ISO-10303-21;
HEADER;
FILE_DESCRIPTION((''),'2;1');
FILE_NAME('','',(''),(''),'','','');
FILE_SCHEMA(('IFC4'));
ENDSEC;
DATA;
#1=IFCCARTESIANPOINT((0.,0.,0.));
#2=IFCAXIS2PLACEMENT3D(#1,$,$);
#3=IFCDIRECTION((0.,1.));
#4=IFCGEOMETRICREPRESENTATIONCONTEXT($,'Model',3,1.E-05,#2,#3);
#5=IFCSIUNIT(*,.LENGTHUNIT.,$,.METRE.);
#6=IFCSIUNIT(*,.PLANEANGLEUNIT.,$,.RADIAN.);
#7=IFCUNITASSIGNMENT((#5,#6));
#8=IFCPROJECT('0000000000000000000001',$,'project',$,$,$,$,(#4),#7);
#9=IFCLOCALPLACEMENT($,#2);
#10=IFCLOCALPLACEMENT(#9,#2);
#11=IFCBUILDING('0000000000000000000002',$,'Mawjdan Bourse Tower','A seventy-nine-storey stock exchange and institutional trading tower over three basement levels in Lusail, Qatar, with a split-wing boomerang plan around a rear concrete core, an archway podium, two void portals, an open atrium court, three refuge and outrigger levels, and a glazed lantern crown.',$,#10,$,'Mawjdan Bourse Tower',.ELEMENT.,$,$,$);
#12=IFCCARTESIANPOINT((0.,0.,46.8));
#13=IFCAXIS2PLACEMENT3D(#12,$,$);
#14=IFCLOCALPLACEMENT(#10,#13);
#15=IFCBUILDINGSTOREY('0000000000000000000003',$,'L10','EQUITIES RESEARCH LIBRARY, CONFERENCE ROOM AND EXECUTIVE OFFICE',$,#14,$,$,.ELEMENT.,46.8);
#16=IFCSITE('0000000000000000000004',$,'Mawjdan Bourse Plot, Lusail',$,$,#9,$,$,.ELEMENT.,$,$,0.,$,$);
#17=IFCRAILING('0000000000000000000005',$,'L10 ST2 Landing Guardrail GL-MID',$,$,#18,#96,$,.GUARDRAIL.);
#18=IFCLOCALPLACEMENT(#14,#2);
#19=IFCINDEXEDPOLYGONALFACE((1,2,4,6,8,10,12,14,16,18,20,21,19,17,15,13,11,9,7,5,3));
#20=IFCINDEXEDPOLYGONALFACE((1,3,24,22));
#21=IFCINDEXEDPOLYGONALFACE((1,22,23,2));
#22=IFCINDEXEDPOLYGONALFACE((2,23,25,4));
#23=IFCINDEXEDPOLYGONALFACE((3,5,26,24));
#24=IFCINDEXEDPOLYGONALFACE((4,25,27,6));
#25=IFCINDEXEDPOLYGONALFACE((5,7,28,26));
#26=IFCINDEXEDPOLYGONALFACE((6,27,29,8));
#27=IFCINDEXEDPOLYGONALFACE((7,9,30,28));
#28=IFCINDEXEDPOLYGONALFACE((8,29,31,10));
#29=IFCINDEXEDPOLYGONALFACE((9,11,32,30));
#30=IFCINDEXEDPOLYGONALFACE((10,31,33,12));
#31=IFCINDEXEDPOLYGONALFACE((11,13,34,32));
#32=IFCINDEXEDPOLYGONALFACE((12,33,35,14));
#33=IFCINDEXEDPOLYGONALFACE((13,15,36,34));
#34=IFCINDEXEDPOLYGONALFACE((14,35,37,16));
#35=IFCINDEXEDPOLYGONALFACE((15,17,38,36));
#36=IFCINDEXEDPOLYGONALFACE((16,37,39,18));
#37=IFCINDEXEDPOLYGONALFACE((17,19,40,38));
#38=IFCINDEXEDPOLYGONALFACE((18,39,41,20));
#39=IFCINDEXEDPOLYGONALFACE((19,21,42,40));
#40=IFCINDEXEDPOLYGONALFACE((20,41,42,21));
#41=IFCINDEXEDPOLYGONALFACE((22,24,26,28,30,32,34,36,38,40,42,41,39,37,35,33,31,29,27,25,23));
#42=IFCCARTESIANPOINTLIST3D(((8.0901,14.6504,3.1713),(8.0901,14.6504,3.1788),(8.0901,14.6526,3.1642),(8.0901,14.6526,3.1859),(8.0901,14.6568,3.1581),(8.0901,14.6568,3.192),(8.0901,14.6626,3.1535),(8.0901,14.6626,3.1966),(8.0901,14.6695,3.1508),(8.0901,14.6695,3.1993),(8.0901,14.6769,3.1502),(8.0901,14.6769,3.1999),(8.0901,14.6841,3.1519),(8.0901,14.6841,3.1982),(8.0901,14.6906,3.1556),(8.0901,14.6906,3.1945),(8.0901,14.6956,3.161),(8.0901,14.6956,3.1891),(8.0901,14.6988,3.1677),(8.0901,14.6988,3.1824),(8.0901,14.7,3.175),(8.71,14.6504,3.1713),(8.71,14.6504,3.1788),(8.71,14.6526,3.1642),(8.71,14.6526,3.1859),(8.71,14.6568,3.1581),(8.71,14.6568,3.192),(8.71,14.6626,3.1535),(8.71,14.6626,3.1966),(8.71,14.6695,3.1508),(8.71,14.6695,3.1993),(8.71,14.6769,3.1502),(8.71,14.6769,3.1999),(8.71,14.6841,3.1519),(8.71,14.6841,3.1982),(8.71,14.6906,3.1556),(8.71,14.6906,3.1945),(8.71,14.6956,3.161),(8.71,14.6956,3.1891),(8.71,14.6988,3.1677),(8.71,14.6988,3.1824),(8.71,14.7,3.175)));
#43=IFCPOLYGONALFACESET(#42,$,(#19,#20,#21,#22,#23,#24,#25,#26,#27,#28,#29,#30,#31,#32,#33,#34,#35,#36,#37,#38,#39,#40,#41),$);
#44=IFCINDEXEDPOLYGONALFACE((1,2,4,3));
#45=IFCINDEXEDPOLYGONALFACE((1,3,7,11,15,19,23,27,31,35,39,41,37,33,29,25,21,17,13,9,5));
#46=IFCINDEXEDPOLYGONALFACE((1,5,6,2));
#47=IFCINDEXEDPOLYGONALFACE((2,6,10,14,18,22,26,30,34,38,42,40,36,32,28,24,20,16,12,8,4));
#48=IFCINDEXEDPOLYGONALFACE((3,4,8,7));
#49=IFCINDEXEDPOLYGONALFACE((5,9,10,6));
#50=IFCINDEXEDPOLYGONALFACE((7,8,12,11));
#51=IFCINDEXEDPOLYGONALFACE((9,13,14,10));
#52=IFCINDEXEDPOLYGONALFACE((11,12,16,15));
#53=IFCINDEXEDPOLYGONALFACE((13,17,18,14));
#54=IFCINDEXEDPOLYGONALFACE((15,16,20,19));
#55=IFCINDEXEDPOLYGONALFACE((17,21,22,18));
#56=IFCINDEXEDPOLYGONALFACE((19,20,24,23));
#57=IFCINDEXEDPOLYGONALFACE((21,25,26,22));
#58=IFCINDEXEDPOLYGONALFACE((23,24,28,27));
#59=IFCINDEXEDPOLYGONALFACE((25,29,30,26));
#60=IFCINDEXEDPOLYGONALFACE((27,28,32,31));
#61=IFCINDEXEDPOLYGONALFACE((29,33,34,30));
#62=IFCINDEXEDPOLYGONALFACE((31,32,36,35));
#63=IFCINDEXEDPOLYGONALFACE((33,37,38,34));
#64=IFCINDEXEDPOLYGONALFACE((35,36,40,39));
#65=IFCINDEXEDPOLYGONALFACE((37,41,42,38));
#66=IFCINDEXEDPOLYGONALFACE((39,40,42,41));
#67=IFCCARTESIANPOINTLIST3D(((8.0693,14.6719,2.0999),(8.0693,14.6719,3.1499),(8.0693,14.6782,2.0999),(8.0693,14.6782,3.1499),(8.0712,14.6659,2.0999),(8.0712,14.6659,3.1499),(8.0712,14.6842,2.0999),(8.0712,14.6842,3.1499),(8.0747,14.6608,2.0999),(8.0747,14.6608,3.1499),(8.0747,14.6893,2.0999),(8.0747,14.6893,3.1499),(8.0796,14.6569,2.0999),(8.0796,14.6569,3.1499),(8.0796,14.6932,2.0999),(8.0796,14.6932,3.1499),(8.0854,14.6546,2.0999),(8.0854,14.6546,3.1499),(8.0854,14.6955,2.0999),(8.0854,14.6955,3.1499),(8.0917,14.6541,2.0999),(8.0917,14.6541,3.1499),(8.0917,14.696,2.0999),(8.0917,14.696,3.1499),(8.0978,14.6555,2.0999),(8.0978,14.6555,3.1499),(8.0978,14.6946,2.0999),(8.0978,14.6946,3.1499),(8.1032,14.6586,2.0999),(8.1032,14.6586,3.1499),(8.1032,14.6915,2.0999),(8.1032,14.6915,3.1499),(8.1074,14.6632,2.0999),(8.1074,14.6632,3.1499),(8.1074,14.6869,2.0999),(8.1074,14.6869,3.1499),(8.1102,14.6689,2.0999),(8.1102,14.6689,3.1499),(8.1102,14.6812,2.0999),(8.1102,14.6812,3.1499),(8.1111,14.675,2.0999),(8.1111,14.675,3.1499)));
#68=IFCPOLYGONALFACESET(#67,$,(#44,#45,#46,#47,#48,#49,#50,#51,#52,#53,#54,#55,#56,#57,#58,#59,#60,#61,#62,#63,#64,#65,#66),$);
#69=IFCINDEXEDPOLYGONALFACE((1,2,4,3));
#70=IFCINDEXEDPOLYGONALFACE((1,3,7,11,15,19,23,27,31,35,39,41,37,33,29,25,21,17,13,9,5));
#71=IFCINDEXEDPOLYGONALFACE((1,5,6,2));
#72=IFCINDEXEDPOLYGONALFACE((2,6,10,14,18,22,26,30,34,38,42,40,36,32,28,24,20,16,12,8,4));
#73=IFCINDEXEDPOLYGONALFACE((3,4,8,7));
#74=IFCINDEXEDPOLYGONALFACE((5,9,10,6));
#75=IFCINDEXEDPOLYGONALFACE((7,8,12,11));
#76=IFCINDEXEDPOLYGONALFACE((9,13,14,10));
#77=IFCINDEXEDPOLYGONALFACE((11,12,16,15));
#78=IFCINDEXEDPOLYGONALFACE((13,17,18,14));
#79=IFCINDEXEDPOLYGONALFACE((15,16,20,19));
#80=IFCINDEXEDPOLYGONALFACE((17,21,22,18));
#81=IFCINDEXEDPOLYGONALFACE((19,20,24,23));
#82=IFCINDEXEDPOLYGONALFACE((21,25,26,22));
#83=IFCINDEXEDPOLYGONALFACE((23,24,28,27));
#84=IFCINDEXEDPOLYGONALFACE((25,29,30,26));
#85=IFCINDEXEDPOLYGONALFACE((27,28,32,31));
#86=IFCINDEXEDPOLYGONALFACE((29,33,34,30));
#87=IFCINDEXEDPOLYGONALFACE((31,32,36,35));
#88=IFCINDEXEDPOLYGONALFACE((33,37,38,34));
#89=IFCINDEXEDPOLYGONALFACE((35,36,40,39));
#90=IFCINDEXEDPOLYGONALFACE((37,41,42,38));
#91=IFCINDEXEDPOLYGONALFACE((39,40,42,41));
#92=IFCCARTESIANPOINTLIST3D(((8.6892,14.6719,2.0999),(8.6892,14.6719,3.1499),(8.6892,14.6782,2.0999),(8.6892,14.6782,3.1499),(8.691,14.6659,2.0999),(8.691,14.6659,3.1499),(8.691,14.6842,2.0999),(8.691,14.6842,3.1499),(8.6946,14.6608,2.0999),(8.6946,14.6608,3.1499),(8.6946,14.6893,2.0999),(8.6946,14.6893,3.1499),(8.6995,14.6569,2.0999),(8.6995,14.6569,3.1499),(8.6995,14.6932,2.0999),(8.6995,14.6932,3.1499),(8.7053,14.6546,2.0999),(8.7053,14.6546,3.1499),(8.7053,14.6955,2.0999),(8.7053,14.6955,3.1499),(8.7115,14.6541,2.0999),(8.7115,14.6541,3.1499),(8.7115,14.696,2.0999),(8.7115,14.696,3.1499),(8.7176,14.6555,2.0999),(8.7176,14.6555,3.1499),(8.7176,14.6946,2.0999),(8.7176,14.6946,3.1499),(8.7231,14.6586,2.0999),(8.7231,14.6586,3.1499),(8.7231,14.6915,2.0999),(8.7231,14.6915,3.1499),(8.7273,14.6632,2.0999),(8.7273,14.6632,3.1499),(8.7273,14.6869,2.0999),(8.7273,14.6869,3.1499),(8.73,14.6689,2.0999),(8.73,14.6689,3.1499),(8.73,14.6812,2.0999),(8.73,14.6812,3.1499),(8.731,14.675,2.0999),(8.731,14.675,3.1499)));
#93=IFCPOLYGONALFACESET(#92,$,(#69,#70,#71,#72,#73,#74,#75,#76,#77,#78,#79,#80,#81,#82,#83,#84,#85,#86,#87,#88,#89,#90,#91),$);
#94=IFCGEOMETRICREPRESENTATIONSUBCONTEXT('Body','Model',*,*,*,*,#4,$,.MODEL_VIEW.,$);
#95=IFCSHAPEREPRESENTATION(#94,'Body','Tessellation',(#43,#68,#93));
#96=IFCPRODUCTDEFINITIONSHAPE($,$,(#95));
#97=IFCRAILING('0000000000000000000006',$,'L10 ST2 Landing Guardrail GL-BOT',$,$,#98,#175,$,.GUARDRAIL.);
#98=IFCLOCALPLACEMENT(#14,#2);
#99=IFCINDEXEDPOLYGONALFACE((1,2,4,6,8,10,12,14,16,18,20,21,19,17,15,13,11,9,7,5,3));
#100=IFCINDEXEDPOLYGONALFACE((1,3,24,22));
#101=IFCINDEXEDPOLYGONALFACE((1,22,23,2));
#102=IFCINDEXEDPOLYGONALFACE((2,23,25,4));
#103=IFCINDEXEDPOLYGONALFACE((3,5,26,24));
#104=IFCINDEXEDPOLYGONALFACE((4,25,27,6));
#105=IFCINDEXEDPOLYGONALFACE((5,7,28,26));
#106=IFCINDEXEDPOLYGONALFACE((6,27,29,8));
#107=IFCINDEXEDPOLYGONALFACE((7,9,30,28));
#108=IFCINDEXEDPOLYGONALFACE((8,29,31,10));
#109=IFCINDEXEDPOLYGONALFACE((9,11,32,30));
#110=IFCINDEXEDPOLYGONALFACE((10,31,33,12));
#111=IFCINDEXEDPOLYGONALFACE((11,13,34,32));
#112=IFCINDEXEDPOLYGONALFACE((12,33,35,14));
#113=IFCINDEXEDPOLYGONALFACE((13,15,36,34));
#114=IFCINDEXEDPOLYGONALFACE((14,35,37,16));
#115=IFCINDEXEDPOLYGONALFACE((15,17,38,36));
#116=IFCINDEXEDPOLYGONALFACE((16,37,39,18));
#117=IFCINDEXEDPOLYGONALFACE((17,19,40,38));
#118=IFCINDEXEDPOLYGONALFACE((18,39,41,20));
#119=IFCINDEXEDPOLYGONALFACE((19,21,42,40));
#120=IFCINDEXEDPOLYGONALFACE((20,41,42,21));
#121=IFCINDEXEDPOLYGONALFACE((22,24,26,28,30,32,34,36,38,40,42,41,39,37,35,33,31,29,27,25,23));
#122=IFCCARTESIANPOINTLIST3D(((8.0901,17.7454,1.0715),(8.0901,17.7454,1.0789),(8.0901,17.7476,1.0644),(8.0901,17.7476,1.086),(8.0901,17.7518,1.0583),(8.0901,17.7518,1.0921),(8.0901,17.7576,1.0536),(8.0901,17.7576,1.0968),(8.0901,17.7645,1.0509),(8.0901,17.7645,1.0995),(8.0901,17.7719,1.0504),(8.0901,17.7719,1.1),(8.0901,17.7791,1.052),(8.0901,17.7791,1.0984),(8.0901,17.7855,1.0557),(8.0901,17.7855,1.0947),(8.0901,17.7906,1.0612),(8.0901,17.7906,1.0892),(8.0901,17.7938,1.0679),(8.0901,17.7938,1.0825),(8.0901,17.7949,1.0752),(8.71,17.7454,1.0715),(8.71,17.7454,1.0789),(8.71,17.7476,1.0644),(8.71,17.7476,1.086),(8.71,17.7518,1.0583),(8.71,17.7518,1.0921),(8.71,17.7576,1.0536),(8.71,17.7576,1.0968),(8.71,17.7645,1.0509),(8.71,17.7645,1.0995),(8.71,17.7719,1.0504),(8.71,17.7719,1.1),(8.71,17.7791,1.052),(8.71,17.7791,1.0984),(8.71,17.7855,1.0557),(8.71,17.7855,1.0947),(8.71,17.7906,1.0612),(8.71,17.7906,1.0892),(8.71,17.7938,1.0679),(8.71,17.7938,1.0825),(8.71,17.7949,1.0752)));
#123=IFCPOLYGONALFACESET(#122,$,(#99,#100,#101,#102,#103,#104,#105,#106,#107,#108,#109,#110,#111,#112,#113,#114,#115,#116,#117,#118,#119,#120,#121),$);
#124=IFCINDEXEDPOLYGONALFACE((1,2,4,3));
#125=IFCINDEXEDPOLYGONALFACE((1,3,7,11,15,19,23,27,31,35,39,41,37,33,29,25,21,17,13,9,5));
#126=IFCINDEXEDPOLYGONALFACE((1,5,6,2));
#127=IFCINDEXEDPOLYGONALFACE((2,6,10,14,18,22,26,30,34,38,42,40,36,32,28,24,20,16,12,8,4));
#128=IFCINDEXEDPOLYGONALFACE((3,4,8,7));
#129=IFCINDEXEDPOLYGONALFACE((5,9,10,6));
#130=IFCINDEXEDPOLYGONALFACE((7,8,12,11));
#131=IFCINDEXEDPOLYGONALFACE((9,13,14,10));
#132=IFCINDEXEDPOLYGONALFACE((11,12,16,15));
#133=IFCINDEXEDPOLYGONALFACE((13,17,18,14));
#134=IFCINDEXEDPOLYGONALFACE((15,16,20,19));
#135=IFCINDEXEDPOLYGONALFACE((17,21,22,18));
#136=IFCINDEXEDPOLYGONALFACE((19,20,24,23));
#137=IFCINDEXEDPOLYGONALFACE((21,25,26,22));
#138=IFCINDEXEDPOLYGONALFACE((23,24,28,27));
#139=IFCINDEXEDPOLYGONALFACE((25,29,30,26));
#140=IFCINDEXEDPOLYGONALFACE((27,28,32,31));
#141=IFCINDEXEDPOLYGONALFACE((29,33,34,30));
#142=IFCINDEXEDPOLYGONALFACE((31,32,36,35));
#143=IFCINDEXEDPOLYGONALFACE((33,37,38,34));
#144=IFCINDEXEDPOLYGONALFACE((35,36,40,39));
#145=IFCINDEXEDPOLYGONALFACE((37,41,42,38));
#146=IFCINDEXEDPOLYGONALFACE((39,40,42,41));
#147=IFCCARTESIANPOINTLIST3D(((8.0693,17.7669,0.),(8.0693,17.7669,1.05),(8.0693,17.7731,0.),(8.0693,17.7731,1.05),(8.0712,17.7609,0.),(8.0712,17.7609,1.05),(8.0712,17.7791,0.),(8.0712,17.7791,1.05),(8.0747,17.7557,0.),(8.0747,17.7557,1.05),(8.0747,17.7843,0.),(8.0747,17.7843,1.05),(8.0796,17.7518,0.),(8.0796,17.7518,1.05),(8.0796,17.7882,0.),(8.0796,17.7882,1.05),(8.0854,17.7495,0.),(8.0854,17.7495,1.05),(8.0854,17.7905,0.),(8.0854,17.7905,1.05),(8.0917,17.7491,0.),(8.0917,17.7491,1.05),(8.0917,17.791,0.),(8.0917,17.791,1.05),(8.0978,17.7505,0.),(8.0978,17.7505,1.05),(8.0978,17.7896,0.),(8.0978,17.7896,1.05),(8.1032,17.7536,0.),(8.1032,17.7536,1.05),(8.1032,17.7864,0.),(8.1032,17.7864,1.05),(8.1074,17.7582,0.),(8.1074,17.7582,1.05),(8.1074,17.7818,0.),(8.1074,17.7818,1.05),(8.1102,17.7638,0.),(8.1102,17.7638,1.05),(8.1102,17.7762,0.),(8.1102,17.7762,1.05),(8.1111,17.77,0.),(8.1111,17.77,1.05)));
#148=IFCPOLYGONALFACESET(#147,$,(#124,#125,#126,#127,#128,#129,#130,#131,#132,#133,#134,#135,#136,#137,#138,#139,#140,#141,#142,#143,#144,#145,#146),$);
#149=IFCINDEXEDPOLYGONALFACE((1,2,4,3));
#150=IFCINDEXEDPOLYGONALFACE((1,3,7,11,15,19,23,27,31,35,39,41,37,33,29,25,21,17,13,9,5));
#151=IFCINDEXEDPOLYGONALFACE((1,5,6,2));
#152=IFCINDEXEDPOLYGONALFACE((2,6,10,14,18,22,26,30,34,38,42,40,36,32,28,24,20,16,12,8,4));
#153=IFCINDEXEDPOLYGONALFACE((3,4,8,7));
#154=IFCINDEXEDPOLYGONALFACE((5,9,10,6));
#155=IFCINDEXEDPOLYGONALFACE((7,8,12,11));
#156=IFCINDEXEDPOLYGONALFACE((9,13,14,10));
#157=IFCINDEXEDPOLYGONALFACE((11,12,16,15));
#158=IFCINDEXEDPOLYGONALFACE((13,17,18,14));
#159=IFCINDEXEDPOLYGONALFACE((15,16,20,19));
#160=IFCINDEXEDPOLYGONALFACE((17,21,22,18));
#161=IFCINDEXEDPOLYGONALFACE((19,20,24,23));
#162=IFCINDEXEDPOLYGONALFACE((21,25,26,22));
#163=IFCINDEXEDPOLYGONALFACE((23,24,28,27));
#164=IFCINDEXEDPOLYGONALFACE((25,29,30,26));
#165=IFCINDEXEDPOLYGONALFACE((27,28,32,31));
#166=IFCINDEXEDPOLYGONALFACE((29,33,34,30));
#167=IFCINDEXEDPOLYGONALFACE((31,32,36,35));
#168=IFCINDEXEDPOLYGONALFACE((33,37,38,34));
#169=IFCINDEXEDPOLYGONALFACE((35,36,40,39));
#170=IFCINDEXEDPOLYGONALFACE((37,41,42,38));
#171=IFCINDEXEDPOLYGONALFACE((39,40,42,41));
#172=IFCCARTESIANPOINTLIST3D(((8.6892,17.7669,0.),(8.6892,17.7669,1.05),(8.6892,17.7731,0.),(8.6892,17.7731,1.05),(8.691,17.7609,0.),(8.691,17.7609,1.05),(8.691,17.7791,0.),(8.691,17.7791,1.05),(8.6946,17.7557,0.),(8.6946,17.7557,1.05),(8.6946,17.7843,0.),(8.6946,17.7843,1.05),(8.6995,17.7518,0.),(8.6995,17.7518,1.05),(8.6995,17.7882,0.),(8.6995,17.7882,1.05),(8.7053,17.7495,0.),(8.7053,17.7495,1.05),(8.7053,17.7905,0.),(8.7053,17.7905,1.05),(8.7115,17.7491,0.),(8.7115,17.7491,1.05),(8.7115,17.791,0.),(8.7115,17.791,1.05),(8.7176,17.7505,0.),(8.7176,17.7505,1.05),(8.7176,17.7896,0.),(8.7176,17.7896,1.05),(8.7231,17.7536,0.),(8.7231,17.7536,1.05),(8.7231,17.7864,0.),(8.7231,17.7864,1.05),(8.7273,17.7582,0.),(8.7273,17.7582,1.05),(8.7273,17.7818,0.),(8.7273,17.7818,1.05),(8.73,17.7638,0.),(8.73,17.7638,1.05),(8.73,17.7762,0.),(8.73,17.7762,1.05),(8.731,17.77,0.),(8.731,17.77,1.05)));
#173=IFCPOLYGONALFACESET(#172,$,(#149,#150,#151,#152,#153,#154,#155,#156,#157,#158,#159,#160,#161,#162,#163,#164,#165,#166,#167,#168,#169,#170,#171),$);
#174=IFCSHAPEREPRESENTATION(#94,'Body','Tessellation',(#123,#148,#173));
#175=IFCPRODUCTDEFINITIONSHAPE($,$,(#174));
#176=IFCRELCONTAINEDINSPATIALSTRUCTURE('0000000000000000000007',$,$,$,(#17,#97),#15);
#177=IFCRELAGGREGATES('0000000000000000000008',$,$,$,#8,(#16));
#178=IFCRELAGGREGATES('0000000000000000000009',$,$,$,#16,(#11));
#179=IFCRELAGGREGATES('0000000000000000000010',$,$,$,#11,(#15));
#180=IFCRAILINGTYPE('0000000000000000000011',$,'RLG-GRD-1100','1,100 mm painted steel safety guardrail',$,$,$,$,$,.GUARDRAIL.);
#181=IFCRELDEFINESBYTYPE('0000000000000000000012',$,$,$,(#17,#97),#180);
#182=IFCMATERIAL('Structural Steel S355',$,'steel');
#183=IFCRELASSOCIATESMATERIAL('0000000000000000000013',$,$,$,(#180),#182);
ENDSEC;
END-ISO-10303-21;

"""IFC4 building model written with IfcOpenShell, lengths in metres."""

from ifc_helpers import new_model, si_unit, direction, frame, origin, origin_2d, place, context, subcontext, project, spatial, circle, extrude, material, type_object, element, save


model = new_model("IFC4")

# Units and contexts
model_context = context("Model", 3, precision=1e-05, world=origin(), true_north=direction((0.0, 1.0)))
body_context = subcontext(model_context, "Body", "Model", "MODEL_VIEW")
ifc_project = project(units=[si_unit("LENGTHUNIT", "METRE"), si_unit("PLANEANGLEUNIT", "RADIAN")], contexts=[model_context])

# Site, building, storey
site_placement = place(None, origin())
site = spatial("IfcSite", under=ifc_project, at=site_placement, Name="Mawjdan Bourse Plot, Lusail", CompositionType="ELEMENT", RefElevation=0.0)
building_placement = place(site_placement, origin())
building = spatial("IfcBuilding", under=site, at=building_placement, Name="Mawjdan Bourse Tower", Description="A seventy-nine-storey stock exchange and institutional trading tower over three basement levels in Lusail, Qatar, with a split-wing boomerang plan around a rear concrete core, an archway podium, two void portals, an open atrium court, three refuge and outrigger levels, and a glazed lantern crown.", LongName="Mawjdan Bourse Tower", CompositionType="ELEMENT")
storey_placement = place(building_placement, frame((0.0, 0.0, 46.8)))
storey = spatial("IfcBuildingStorey", under=building, at=storey_placement, Name="L10", Description="EQUITIES RESEARCH LIBRARY, CONFERENCE ROOM AND EXECUTIVE OFFICE", CompositionType="ELEMENT", Elevation=46.8)

# Shared definitions
ifc_material_1 = material(Name="Structural Steel S355", Category="steel")

# Railings
railing_type_1 = type_object("IfcRailingType", Name="RLG-GRD-1100", Description="1,100 mm painted steel safety guardrail", PredefinedType="GUARDRAIL", material=ifc_material_1)
for number, where, name in (
    (1, (8.0901, 14.675, 2.0999), "L10 ST2 Landing Guardrail GL-MID"),
    (2, (8.0901, 17.77, 0.0), "L10 ST2 Landing Guardrail GL-BOT"),
):
    element("IfcRailing", number, at=place(storey_placement, frame(where)), inside=storey, type_object=railing_type_1, Name=name, PredefinedType="GUARDRAIL", context=body_context, shape_type="SweptSolid", body=[
        extrude(circle(Radius=0.0249, at=origin_2d()), frame((0.0, 0.0, 1.0752), z_axis=(1.0, 0.0, 0.0), x_axis=(0.0, 1.0, 0.0)), (0.0, 0.0, 1.0), 0.6199),
        extrude(circle(Radius=0.021, at=origin_2d()), origin(), (0.0, 0.0, 1.0), 1.05),
        extrude(circle(Radius=0.021, at=origin_2d()), frame((0.6199, 0.0, 0.0)), (0.0, 0.0, 1.0), 1.05),
    ])

save(model, "model.ifc")
